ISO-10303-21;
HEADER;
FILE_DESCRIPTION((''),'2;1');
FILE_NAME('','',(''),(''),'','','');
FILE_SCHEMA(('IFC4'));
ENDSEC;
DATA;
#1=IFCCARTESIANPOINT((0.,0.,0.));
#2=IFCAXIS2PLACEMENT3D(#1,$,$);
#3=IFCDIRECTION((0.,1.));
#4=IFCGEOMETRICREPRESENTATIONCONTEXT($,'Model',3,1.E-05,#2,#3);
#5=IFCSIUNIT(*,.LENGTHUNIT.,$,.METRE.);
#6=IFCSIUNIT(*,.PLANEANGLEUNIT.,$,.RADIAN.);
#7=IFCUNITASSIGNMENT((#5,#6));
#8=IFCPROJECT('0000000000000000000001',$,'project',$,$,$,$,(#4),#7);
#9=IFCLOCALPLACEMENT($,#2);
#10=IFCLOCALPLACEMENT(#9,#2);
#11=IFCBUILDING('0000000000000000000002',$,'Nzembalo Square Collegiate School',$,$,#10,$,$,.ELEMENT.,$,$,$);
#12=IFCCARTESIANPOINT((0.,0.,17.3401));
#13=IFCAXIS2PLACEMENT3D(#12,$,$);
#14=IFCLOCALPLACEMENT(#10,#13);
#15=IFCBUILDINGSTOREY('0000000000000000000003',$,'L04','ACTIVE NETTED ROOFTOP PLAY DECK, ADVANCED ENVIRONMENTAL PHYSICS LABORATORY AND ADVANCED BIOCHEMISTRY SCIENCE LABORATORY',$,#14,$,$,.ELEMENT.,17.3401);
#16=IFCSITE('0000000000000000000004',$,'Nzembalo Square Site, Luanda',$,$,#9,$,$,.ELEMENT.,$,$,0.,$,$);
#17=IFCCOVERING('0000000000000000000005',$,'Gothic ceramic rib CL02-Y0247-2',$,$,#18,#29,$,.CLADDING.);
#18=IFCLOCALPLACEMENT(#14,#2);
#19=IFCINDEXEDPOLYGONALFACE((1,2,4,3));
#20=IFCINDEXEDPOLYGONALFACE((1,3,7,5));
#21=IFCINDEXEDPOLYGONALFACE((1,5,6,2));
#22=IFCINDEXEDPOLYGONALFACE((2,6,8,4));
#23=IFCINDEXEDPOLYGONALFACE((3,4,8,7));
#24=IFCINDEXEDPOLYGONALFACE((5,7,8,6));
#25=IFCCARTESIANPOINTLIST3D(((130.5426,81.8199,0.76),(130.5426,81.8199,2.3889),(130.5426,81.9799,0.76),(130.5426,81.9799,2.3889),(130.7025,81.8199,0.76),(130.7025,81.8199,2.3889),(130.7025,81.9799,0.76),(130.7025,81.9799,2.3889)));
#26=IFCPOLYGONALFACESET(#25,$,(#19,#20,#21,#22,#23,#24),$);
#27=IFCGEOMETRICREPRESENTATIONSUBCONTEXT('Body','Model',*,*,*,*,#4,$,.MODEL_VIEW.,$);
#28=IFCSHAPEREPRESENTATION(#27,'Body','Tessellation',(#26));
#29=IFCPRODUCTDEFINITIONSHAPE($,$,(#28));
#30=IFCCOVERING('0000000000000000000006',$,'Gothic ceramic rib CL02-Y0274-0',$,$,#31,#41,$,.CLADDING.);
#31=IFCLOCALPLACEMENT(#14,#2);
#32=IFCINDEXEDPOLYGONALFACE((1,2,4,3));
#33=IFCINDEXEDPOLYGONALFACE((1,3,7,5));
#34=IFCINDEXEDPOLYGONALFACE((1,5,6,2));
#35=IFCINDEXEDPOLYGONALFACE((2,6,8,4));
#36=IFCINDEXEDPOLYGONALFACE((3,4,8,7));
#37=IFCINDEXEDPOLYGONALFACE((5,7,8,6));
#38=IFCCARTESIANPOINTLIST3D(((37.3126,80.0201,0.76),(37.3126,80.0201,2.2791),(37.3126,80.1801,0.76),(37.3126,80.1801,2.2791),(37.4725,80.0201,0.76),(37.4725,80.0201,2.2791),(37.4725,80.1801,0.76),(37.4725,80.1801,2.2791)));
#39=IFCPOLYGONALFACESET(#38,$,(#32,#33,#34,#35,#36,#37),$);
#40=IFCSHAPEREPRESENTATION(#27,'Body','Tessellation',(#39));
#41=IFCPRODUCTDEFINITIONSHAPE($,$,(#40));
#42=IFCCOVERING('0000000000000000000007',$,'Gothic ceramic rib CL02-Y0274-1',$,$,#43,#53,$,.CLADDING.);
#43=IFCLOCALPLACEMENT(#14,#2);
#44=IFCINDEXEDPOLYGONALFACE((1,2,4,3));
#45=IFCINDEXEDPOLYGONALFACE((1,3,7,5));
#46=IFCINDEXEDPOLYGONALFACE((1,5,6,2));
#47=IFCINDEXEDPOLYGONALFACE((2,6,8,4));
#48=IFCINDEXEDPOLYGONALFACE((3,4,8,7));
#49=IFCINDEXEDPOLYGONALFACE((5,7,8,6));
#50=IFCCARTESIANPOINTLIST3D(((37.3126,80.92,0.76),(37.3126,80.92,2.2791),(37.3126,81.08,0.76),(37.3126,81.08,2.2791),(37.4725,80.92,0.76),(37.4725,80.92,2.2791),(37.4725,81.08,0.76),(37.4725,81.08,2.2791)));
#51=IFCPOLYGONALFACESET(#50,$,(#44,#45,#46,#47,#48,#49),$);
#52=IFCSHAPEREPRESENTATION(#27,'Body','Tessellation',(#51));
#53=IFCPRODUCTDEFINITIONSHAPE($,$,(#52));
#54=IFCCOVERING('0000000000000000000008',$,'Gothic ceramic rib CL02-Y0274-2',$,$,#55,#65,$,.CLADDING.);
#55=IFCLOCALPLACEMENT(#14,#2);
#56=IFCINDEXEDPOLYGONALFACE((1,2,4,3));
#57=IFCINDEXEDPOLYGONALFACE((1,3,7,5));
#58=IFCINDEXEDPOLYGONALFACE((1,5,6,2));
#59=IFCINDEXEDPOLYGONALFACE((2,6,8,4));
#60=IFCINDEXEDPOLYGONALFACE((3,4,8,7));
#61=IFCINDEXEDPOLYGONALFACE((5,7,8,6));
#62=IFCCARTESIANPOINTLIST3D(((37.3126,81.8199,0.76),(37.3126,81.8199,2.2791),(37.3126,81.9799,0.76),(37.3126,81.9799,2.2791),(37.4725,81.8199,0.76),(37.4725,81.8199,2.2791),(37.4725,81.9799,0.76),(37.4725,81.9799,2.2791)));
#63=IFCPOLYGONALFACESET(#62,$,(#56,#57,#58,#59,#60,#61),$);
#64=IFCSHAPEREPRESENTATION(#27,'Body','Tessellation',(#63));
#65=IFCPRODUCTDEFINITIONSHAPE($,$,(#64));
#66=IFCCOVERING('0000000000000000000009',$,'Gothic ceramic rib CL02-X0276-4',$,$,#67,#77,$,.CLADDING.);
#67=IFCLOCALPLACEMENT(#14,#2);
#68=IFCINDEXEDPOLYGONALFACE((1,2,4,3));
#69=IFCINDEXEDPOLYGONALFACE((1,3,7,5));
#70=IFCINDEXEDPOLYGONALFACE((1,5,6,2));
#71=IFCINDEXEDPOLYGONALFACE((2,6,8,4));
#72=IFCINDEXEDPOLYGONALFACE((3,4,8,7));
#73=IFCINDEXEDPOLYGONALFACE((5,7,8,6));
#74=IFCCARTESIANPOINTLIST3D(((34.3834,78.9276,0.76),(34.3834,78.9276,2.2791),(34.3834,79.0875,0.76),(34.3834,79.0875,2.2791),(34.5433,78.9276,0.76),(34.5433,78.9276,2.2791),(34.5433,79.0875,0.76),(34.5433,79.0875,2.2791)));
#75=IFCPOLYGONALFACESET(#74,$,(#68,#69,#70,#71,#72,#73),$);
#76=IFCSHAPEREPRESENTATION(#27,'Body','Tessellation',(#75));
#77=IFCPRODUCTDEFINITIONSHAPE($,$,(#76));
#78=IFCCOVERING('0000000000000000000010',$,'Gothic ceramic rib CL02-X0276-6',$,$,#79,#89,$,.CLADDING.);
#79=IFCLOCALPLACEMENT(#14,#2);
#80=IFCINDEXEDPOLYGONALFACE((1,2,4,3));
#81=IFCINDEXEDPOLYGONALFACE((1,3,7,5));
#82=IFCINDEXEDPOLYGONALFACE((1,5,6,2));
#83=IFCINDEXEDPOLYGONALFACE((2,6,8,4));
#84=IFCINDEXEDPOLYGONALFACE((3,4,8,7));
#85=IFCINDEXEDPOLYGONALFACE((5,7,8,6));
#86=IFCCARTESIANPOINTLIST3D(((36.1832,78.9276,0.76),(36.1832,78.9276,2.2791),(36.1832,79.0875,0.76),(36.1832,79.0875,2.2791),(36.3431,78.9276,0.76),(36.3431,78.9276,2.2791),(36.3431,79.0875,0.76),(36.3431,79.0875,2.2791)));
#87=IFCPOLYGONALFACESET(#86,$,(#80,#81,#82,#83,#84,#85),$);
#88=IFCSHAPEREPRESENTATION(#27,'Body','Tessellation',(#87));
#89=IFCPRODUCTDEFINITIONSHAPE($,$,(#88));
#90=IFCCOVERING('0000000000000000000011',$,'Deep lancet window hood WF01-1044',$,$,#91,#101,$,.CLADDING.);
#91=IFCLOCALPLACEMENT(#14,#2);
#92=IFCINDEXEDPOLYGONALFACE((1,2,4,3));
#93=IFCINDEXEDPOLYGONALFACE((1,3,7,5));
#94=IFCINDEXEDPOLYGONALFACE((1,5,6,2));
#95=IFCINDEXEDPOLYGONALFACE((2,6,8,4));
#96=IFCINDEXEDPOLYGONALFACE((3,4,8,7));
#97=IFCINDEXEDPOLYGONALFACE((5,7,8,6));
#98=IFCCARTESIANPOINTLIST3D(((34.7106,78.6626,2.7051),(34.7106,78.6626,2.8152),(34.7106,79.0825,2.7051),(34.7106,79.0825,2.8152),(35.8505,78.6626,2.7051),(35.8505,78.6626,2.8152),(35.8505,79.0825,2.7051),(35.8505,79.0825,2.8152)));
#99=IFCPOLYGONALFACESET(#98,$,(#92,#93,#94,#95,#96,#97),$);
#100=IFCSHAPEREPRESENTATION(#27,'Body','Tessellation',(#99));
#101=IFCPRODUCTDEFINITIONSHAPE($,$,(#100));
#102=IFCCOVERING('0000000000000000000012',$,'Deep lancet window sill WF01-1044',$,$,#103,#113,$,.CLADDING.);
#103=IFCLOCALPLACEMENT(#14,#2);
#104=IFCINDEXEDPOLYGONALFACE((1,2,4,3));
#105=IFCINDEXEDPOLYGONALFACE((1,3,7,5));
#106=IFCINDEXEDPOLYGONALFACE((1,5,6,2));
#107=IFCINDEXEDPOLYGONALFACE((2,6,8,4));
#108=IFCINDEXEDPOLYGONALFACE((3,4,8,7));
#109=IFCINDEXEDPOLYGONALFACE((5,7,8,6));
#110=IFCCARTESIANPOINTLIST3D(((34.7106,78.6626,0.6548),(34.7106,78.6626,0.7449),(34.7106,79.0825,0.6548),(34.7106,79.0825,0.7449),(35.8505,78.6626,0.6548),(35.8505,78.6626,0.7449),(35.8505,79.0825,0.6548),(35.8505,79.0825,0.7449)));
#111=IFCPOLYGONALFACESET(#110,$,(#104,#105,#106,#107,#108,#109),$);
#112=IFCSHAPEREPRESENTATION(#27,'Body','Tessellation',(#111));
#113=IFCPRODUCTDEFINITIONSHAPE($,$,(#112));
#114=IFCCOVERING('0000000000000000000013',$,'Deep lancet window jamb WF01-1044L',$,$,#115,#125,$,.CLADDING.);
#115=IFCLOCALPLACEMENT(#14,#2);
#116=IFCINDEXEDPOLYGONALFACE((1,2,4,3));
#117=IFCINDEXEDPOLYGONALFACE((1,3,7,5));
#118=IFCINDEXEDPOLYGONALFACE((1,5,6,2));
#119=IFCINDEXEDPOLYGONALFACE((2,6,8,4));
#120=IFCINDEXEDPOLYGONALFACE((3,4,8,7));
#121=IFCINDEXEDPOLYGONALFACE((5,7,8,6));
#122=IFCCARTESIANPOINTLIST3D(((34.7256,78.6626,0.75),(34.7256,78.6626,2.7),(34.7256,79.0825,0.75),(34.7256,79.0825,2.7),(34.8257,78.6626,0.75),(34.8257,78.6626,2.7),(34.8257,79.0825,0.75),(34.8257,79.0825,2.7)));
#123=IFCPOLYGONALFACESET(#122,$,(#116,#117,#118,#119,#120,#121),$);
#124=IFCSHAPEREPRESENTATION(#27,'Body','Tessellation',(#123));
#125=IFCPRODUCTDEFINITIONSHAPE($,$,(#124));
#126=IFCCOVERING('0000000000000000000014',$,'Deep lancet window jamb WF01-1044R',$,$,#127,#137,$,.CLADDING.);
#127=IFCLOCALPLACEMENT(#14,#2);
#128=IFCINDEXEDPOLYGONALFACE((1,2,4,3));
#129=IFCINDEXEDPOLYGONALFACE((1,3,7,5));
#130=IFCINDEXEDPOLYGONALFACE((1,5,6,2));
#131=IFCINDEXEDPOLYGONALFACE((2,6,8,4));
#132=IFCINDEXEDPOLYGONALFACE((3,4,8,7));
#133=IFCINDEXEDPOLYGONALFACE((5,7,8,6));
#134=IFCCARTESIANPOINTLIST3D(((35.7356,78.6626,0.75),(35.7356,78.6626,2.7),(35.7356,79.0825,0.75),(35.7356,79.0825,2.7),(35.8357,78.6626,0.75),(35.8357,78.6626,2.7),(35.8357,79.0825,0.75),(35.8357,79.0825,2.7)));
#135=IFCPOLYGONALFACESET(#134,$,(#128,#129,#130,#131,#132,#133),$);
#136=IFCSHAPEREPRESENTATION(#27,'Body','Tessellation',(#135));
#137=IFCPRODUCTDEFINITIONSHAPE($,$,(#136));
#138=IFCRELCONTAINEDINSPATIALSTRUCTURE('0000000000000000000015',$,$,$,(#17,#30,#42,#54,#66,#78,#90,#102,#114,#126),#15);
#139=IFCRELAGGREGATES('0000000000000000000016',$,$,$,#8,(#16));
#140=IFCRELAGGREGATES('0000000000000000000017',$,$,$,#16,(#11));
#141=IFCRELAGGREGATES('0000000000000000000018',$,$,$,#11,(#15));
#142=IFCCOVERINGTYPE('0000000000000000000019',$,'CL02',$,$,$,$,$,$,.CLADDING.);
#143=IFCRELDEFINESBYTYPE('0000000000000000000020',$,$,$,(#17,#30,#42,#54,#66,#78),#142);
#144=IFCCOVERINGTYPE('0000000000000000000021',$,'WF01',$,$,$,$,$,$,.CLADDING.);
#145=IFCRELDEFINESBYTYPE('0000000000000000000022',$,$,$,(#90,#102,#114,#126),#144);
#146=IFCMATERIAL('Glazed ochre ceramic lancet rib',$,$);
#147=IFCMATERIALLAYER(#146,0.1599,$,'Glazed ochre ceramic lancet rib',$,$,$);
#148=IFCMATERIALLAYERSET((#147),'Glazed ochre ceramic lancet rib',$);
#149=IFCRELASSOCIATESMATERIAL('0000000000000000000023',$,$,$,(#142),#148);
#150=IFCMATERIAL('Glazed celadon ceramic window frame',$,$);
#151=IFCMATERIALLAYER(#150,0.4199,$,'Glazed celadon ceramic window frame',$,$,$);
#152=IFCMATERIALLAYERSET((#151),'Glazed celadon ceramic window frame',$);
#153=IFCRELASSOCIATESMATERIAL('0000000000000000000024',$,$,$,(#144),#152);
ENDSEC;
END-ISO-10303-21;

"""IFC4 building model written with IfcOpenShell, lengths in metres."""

from ifc_helpers import new_model, si_unit, direction, frame, origin, origin_2d, place, context, subcontext, project, spatial, rectangle, extrude, material, layer, layer_set, type_object, element, save


model = new_model("IFC4")

# Units and contexts
model_context = context("Model", 3, precision=1e-05, world=origin(), true_north=direction((0.0, 1.0)))
body_context = subcontext(model_context, "Body", "Model", "MODEL_VIEW")
ifc_project = project(units=[si_unit("LENGTHUNIT", "METRE"), si_unit("PLANEANGLEUNIT", "RADIAN")], contexts=[model_context])

# Site, building, storey
site_placement = place(None, origin())
site = spatial("IfcSite", under=ifc_project, at=site_placement, Name="Nzembalo Square Site, Luanda", CompositionType="ELEMENT", RefElevation=0.0)
building_placement = place(site_placement, origin())
building = spatial("IfcBuilding", under=site, at=building_placement, Name="Nzembalo Square Collegiate School", CompositionType="ELEMENT")
storey_placement = place(building_placement, frame((0.0, 0.0, 17.3401)))
storey = spatial("IfcBuildingStorey", under=building, at=storey_placement, Name="L04", Description="ACTIVE NETTED ROOFTOP PLAY DECK, ADVANCED ENVIRONMENTAL PHYSICS LABORATORY AND ADVANCED BIOCHEMISTRY SCIENCE LABORATORY", CompositionType="ELEMENT", Elevation=17.3401)

# Coverings
ifc_material_1 = material(Name="Glazed ochre ceramic lancet rib")
ifc_layer_1 = layer(ifc_material_1, 0.1599, Name="Glazed ochre ceramic lancet rib")
ifc_layer_set_1 = layer_set([ifc_layer_1], Name="Glazed ochre ceramic lancet rib")
covering_type_1 = type_object("IfcCoveringType", Name="CL02", PredefinedType="CLADDING", material=ifc_layer_set_1)
for number, where, z_axis, x_axis, name in (
    (1, (130.6226, 81.8999, 0.76), (0.0, 0.0, 1.0), (1.0, 0.0, 0.0), "Gothic ceramic rib CL02-Y0247-2"),
):
    element("IfcCovering", number, at=place(storey_placement, frame(where, z_axis=z_axis, x_axis=x_axis)), inside=storey, type_object=covering_type_1, Name=name, PredefinedType="CLADDING", context=body_context, shape_type="SweptSolid", body=[
        extrude(rectangle(XDim=0.1599, YDim=0.1599, at=origin_2d()), origin(), (0.0, 0.0, 1.0), 1.6289),
    ])
for number, where, z_axis, x_axis, name in (
    (2, (37.3926, 80.1001, 0.76), (0.0, 0.0, 1.0), (1.0, 0.0, 0.0), "Gothic ceramic rib CL02-Y0274-0"),
    (3, (37.3926, 81.0, 0.76), (0.0, 0.0, 1.0), (1.0, 0.0, 0.0), "Gothic ceramic rib CL02-Y0274-1"),
    (4, (37.3926, 81.8999, 0.76), (0.0, 0.0, 1.0), (1.0, 0.0, 0.0), "Gothic ceramic rib CL02-Y0274-2"),
    (5, (34.4634, 79.0076, 0.76), (0.0, 0.0, 1.0), (1.0, 0.0, 0.0), "Gothic ceramic rib CL02-X0276-4"),
    (6, (36.2632, 79.0076, 0.76), (0.0, 0.0, 1.0), (1.0, 0.0, 0.0), "Gothic ceramic rib CL02-X0276-6"),
):
    element("IfcCovering", number, at=place(storey_placement, frame(where, z_axis=z_axis, x_axis=x_axis)), inside=storey, type_object=covering_type_1, Name=name, PredefinedType="CLADDING", context=body_context, shape_type="SweptSolid", body=[
        extrude(rectangle(XDim=0.1599, YDim=0.1599, at=origin_2d()), origin(), (0.0, 0.0, 1.0), 1.519),
    ])
ifc_material_2 = material(Name="Glazed celadon ceramic window frame")
ifc_layer_2 = layer(ifc_material_2, 0.4199, Name="Glazed celadon ceramic window frame")
ifc_layer_set_2 = layer_set([ifc_layer_2], Name="Glazed celadon ceramic window frame")
covering_type_2 = type_object("IfcCoveringType", Name="WF01", PredefinedType="CLADDING", material=ifc_layer_set_2)
covering_1_placement = place(storey_placement, frame((35.2805, 78.8726, 2.7051), z_axis=(0.0, 0.0, 1.0), x_axis=(1.0, 0.0, 0.0)))
element("IfcCovering", 7, at=covering_1_placement, inside=storey, type_object=covering_type_2, Name="Deep lancet window hood WF01-1044", PredefinedType="CLADDING", context=body_context, shape_type="SweptSolid", body=[
    extrude(rectangle(XDim=1.1399, YDim=0.4199, at=origin_2d()), origin(), (0.0, 0.0, 1.0), 0.1101),
])
covering_2_placement = place(storey_placement, frame((35.2805, 78.8726, 0.6548), z_axis=(0.0, 0.0, 1.0), x_axis=(1.0, 0.0, 0.0)))
element("IfcCovering", 8, at=covering_2_placement, inside=storey, type_object=covering_type_2, Name="Deep lancet window sill WF01-1044", PredefinedType="CLADDING", context=body_context, shape_type="SweptSolid", body=[
    extrude(rectangle(XDim=1.1399, YDim=0.4199, at=origin_2d()), origin(), (0.0, 0.0, 1.0), 0.0901),
])
for number, where, z_axis, x_axis, name in (
    (9, (34.7756, 78.8726, 0.75), (0.0, 0.0, 1.0), (1.0, 0.0, 0.0), "Deep lancet window jamb WF01-1044L"),
    (10, (35.7856, 78.8726, 0.75), (0.0, 0.0, 1.0), (1.0, 0.0, 0.0), "Deep lancet window jamb WF01-1044R"),
):
    element("IfcCovering", number, at=place(storey_placement, frame(where, z_axis=z_axis, x_axis=x_axis)), inside=storey, type_object=covering_type_2, Name=name, PredefinedType="CLADDING", context=body_context, shape_type="SweptSolid", body=[
        extrude(rectangle(XDim=0.1001, YDim=0.4199, at=origin_2d()), origin(), (0.0, 0.0, 1.0), 1.95),
    ])

save(model, "model.ifc")
